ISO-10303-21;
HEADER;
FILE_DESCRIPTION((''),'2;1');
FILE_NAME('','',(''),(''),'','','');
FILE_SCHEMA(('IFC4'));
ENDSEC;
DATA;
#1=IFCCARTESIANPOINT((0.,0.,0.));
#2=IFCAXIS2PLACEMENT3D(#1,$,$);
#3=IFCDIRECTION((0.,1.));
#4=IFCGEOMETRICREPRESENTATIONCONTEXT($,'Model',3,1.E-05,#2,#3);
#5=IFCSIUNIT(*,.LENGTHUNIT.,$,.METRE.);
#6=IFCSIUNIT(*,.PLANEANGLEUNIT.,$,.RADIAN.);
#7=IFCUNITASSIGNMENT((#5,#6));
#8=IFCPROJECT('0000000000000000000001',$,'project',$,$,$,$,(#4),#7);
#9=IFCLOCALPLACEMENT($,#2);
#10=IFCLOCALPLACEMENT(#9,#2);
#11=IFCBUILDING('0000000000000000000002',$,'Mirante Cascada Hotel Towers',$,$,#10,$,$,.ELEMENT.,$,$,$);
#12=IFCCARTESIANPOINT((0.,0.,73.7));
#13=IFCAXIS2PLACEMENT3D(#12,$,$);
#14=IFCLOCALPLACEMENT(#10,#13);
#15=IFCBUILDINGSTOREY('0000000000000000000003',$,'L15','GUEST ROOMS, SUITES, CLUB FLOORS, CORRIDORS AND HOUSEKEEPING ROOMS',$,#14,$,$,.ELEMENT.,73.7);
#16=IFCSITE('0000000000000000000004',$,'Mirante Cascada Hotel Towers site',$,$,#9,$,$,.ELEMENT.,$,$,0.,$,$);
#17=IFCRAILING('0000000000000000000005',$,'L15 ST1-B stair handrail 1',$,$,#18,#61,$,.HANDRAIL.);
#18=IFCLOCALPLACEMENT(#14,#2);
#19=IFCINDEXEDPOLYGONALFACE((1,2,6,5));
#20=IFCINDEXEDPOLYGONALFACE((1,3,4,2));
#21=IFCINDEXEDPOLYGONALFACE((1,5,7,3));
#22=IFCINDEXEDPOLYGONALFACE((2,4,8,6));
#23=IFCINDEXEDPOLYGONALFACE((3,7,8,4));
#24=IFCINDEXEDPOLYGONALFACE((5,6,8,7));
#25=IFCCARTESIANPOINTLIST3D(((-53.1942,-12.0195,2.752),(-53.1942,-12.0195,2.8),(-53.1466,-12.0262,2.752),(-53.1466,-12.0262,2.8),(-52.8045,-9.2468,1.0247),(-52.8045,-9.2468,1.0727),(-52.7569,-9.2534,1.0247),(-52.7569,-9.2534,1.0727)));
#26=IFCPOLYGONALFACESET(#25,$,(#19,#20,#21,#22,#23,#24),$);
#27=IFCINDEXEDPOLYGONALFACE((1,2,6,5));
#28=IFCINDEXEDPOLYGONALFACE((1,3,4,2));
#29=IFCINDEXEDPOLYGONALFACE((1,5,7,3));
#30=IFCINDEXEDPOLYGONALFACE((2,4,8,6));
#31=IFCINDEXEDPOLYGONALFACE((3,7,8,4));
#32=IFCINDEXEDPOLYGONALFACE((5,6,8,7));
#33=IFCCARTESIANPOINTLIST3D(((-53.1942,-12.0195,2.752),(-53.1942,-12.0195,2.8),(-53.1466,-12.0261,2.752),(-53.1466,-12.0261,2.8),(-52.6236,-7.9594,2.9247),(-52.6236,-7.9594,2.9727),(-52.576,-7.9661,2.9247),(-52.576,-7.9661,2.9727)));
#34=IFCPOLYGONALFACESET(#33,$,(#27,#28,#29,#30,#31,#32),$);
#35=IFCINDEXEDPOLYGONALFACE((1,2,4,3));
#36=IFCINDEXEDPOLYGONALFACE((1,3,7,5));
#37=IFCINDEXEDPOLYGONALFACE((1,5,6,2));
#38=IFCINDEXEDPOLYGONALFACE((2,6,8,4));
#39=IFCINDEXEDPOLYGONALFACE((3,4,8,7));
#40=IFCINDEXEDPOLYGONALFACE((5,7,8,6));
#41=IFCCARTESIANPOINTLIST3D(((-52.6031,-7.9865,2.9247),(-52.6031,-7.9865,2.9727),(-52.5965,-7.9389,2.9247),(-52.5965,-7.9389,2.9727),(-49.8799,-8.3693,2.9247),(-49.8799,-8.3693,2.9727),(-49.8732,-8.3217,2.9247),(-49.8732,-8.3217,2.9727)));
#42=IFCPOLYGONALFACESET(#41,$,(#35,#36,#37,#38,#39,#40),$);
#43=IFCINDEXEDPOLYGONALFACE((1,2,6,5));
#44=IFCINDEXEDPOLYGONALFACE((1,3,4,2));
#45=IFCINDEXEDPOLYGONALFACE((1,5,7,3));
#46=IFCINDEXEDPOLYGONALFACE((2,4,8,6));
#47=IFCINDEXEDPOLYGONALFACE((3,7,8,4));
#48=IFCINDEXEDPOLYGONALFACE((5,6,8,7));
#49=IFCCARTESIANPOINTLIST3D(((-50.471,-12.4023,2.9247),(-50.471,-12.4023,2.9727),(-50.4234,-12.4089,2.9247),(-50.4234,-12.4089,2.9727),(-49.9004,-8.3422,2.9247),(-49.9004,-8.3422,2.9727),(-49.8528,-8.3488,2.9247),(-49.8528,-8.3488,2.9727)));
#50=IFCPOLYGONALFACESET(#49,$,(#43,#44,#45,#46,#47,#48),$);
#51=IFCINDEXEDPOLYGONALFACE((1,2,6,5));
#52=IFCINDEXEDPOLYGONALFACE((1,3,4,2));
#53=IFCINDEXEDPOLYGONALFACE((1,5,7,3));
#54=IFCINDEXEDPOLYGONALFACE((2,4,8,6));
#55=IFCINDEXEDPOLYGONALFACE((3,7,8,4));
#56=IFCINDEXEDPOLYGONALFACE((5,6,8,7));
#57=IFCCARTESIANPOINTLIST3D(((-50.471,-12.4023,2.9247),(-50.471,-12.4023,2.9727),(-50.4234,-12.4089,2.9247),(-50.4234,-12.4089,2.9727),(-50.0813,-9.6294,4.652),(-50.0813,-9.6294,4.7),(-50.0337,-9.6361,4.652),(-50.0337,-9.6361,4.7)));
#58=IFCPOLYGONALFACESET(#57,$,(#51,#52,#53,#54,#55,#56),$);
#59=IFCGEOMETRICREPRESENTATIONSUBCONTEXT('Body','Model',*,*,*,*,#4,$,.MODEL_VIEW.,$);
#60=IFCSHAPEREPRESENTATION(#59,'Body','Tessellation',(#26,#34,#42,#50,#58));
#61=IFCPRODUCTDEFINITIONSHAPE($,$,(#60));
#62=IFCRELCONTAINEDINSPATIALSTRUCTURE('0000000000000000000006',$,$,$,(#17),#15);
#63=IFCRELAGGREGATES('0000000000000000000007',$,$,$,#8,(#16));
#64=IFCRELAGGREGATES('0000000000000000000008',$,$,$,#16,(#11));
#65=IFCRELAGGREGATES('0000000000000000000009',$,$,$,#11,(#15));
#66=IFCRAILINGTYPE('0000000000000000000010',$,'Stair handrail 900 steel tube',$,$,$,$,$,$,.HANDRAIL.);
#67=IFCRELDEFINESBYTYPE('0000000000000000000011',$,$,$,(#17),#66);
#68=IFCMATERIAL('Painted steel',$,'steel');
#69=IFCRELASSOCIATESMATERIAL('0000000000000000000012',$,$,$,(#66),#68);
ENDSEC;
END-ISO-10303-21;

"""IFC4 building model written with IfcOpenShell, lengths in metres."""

from ifc_helpers import new_model, si_unit, direction, frame, origin, origin_2d, place, context, subcontext, project, spatial, rectangle, extrude, material, type_object, element, save


model = new_model("IFC4")

# Units and contexts
model_context = context("Model", 3, precision=1e-05, world=origin(), true_north=direction((0.0, 1.0)))
body_context = subcontext(model_context, "Body", "Model", "MODEL_VIEW")
ifc_project = project(units=[si_unit("LENGTHUNIT", "METRE"), si_unit("PLANEANGLEUNIT", "RADIAN")], contexts=[model_context])

# Site, building, storey
site_placement = place(None, origin())
site = spatial("IfcSite", under=ifc_project, at=site_placement, Name="Mirante Cascada Hotel Towers site", CompositionType="ELEMENT", RefElevation=0.0)
building_placement = place(site_placement, origin())
building = spatial("IfcBuilding", under=site, at=building_placement, Name="Mirante Cascada Hotel Towers", CompositionType="ELEMENT")
storey_placement = place(building_placement, frame((0.0, 0.0, 73.7)))
storey = spatial("IfcBuildingStorey", under=building, at=storey_placement, Name="L15", Description="GUEST ROOMS, SUITES, CLUB FLOORS, CORRIDORS AND HOUSEKEEPING ROOMS", CompositionType="ELEMENT", Elevation=73.7)

# Railing
ifc_material_1 = material(Name="Painted steel", Category="steel")
railing_type_1 = type_object("IfcRailingType", Name="Stair handrail 900 steel tube", PredefinedType="HANDRAIL", material=ifc_material_1)
railing_1_placement = place(storey_placement, frame((-52.7807, -9.2501, 0.1727)))
element("IfcRailing", 1, at=railing_1_placement, inside=storey, type_object=railing_type_1, Name="L15 ST1-B stair handrail 1", PredefinedType="HANDRAIL", context=body_context, shape_type="SweptSolid", body=[
    extrude(rectangle(XDim=0.048, YDim=0.048, at=origin_2d()), frame((0.0, 0.0, 0.876), z_axis=(-0.139181, -0.990267, 0.0), x_axis=(0.990267, -0.139181, 0.0)), (0.0, 0.525035, 0.851081), 3.2899),
    extrude(rectangle(XDim=0.048, YDim=0.048, at=origin_2d()), frame((-0.3897, -2.7727, 2.6033), z_axis=(0.139171, 0.990268, 0.0), x_axis=(-0.990268, 0.139171, 0.0)), (0.0, 0.042085, 0.999114), 4.1036),
    extrude(rectangle(XDim=0.048, YDim=0.048, at=origin_2d()), frame((0.1809, 1.2874, 2.776), z_axis=(0.990264, -0.139201, 0.0), x_axis=(0.139201, 0.990264, 0.0)), (0.0, 0.0, 1.0), 2.75),
    extrude(rectangle(XDim=0.048, YDim=0.048, at=origin_2d()), frame((2.9041, 0.9046, 2.776), z_axis=(-0.139171, -0.990268, 0.0), x_axis=(0.990268, -0.139171, 0.0)), (0.0, 0.0, 1.0), 4.1),
    extrude(rectangle(XDim=0.048, YDim=0.048, at=origin_2d()), frame((2.3335, -3.1555, 2.776), z_axis=(0.139176, 0.990268, 0.0), x_axis=(-0.990268, 0.139176, 0.0)), (0.0, 0.525021, 0.851089), 3.29),
])

save(model, "model.ifc")
